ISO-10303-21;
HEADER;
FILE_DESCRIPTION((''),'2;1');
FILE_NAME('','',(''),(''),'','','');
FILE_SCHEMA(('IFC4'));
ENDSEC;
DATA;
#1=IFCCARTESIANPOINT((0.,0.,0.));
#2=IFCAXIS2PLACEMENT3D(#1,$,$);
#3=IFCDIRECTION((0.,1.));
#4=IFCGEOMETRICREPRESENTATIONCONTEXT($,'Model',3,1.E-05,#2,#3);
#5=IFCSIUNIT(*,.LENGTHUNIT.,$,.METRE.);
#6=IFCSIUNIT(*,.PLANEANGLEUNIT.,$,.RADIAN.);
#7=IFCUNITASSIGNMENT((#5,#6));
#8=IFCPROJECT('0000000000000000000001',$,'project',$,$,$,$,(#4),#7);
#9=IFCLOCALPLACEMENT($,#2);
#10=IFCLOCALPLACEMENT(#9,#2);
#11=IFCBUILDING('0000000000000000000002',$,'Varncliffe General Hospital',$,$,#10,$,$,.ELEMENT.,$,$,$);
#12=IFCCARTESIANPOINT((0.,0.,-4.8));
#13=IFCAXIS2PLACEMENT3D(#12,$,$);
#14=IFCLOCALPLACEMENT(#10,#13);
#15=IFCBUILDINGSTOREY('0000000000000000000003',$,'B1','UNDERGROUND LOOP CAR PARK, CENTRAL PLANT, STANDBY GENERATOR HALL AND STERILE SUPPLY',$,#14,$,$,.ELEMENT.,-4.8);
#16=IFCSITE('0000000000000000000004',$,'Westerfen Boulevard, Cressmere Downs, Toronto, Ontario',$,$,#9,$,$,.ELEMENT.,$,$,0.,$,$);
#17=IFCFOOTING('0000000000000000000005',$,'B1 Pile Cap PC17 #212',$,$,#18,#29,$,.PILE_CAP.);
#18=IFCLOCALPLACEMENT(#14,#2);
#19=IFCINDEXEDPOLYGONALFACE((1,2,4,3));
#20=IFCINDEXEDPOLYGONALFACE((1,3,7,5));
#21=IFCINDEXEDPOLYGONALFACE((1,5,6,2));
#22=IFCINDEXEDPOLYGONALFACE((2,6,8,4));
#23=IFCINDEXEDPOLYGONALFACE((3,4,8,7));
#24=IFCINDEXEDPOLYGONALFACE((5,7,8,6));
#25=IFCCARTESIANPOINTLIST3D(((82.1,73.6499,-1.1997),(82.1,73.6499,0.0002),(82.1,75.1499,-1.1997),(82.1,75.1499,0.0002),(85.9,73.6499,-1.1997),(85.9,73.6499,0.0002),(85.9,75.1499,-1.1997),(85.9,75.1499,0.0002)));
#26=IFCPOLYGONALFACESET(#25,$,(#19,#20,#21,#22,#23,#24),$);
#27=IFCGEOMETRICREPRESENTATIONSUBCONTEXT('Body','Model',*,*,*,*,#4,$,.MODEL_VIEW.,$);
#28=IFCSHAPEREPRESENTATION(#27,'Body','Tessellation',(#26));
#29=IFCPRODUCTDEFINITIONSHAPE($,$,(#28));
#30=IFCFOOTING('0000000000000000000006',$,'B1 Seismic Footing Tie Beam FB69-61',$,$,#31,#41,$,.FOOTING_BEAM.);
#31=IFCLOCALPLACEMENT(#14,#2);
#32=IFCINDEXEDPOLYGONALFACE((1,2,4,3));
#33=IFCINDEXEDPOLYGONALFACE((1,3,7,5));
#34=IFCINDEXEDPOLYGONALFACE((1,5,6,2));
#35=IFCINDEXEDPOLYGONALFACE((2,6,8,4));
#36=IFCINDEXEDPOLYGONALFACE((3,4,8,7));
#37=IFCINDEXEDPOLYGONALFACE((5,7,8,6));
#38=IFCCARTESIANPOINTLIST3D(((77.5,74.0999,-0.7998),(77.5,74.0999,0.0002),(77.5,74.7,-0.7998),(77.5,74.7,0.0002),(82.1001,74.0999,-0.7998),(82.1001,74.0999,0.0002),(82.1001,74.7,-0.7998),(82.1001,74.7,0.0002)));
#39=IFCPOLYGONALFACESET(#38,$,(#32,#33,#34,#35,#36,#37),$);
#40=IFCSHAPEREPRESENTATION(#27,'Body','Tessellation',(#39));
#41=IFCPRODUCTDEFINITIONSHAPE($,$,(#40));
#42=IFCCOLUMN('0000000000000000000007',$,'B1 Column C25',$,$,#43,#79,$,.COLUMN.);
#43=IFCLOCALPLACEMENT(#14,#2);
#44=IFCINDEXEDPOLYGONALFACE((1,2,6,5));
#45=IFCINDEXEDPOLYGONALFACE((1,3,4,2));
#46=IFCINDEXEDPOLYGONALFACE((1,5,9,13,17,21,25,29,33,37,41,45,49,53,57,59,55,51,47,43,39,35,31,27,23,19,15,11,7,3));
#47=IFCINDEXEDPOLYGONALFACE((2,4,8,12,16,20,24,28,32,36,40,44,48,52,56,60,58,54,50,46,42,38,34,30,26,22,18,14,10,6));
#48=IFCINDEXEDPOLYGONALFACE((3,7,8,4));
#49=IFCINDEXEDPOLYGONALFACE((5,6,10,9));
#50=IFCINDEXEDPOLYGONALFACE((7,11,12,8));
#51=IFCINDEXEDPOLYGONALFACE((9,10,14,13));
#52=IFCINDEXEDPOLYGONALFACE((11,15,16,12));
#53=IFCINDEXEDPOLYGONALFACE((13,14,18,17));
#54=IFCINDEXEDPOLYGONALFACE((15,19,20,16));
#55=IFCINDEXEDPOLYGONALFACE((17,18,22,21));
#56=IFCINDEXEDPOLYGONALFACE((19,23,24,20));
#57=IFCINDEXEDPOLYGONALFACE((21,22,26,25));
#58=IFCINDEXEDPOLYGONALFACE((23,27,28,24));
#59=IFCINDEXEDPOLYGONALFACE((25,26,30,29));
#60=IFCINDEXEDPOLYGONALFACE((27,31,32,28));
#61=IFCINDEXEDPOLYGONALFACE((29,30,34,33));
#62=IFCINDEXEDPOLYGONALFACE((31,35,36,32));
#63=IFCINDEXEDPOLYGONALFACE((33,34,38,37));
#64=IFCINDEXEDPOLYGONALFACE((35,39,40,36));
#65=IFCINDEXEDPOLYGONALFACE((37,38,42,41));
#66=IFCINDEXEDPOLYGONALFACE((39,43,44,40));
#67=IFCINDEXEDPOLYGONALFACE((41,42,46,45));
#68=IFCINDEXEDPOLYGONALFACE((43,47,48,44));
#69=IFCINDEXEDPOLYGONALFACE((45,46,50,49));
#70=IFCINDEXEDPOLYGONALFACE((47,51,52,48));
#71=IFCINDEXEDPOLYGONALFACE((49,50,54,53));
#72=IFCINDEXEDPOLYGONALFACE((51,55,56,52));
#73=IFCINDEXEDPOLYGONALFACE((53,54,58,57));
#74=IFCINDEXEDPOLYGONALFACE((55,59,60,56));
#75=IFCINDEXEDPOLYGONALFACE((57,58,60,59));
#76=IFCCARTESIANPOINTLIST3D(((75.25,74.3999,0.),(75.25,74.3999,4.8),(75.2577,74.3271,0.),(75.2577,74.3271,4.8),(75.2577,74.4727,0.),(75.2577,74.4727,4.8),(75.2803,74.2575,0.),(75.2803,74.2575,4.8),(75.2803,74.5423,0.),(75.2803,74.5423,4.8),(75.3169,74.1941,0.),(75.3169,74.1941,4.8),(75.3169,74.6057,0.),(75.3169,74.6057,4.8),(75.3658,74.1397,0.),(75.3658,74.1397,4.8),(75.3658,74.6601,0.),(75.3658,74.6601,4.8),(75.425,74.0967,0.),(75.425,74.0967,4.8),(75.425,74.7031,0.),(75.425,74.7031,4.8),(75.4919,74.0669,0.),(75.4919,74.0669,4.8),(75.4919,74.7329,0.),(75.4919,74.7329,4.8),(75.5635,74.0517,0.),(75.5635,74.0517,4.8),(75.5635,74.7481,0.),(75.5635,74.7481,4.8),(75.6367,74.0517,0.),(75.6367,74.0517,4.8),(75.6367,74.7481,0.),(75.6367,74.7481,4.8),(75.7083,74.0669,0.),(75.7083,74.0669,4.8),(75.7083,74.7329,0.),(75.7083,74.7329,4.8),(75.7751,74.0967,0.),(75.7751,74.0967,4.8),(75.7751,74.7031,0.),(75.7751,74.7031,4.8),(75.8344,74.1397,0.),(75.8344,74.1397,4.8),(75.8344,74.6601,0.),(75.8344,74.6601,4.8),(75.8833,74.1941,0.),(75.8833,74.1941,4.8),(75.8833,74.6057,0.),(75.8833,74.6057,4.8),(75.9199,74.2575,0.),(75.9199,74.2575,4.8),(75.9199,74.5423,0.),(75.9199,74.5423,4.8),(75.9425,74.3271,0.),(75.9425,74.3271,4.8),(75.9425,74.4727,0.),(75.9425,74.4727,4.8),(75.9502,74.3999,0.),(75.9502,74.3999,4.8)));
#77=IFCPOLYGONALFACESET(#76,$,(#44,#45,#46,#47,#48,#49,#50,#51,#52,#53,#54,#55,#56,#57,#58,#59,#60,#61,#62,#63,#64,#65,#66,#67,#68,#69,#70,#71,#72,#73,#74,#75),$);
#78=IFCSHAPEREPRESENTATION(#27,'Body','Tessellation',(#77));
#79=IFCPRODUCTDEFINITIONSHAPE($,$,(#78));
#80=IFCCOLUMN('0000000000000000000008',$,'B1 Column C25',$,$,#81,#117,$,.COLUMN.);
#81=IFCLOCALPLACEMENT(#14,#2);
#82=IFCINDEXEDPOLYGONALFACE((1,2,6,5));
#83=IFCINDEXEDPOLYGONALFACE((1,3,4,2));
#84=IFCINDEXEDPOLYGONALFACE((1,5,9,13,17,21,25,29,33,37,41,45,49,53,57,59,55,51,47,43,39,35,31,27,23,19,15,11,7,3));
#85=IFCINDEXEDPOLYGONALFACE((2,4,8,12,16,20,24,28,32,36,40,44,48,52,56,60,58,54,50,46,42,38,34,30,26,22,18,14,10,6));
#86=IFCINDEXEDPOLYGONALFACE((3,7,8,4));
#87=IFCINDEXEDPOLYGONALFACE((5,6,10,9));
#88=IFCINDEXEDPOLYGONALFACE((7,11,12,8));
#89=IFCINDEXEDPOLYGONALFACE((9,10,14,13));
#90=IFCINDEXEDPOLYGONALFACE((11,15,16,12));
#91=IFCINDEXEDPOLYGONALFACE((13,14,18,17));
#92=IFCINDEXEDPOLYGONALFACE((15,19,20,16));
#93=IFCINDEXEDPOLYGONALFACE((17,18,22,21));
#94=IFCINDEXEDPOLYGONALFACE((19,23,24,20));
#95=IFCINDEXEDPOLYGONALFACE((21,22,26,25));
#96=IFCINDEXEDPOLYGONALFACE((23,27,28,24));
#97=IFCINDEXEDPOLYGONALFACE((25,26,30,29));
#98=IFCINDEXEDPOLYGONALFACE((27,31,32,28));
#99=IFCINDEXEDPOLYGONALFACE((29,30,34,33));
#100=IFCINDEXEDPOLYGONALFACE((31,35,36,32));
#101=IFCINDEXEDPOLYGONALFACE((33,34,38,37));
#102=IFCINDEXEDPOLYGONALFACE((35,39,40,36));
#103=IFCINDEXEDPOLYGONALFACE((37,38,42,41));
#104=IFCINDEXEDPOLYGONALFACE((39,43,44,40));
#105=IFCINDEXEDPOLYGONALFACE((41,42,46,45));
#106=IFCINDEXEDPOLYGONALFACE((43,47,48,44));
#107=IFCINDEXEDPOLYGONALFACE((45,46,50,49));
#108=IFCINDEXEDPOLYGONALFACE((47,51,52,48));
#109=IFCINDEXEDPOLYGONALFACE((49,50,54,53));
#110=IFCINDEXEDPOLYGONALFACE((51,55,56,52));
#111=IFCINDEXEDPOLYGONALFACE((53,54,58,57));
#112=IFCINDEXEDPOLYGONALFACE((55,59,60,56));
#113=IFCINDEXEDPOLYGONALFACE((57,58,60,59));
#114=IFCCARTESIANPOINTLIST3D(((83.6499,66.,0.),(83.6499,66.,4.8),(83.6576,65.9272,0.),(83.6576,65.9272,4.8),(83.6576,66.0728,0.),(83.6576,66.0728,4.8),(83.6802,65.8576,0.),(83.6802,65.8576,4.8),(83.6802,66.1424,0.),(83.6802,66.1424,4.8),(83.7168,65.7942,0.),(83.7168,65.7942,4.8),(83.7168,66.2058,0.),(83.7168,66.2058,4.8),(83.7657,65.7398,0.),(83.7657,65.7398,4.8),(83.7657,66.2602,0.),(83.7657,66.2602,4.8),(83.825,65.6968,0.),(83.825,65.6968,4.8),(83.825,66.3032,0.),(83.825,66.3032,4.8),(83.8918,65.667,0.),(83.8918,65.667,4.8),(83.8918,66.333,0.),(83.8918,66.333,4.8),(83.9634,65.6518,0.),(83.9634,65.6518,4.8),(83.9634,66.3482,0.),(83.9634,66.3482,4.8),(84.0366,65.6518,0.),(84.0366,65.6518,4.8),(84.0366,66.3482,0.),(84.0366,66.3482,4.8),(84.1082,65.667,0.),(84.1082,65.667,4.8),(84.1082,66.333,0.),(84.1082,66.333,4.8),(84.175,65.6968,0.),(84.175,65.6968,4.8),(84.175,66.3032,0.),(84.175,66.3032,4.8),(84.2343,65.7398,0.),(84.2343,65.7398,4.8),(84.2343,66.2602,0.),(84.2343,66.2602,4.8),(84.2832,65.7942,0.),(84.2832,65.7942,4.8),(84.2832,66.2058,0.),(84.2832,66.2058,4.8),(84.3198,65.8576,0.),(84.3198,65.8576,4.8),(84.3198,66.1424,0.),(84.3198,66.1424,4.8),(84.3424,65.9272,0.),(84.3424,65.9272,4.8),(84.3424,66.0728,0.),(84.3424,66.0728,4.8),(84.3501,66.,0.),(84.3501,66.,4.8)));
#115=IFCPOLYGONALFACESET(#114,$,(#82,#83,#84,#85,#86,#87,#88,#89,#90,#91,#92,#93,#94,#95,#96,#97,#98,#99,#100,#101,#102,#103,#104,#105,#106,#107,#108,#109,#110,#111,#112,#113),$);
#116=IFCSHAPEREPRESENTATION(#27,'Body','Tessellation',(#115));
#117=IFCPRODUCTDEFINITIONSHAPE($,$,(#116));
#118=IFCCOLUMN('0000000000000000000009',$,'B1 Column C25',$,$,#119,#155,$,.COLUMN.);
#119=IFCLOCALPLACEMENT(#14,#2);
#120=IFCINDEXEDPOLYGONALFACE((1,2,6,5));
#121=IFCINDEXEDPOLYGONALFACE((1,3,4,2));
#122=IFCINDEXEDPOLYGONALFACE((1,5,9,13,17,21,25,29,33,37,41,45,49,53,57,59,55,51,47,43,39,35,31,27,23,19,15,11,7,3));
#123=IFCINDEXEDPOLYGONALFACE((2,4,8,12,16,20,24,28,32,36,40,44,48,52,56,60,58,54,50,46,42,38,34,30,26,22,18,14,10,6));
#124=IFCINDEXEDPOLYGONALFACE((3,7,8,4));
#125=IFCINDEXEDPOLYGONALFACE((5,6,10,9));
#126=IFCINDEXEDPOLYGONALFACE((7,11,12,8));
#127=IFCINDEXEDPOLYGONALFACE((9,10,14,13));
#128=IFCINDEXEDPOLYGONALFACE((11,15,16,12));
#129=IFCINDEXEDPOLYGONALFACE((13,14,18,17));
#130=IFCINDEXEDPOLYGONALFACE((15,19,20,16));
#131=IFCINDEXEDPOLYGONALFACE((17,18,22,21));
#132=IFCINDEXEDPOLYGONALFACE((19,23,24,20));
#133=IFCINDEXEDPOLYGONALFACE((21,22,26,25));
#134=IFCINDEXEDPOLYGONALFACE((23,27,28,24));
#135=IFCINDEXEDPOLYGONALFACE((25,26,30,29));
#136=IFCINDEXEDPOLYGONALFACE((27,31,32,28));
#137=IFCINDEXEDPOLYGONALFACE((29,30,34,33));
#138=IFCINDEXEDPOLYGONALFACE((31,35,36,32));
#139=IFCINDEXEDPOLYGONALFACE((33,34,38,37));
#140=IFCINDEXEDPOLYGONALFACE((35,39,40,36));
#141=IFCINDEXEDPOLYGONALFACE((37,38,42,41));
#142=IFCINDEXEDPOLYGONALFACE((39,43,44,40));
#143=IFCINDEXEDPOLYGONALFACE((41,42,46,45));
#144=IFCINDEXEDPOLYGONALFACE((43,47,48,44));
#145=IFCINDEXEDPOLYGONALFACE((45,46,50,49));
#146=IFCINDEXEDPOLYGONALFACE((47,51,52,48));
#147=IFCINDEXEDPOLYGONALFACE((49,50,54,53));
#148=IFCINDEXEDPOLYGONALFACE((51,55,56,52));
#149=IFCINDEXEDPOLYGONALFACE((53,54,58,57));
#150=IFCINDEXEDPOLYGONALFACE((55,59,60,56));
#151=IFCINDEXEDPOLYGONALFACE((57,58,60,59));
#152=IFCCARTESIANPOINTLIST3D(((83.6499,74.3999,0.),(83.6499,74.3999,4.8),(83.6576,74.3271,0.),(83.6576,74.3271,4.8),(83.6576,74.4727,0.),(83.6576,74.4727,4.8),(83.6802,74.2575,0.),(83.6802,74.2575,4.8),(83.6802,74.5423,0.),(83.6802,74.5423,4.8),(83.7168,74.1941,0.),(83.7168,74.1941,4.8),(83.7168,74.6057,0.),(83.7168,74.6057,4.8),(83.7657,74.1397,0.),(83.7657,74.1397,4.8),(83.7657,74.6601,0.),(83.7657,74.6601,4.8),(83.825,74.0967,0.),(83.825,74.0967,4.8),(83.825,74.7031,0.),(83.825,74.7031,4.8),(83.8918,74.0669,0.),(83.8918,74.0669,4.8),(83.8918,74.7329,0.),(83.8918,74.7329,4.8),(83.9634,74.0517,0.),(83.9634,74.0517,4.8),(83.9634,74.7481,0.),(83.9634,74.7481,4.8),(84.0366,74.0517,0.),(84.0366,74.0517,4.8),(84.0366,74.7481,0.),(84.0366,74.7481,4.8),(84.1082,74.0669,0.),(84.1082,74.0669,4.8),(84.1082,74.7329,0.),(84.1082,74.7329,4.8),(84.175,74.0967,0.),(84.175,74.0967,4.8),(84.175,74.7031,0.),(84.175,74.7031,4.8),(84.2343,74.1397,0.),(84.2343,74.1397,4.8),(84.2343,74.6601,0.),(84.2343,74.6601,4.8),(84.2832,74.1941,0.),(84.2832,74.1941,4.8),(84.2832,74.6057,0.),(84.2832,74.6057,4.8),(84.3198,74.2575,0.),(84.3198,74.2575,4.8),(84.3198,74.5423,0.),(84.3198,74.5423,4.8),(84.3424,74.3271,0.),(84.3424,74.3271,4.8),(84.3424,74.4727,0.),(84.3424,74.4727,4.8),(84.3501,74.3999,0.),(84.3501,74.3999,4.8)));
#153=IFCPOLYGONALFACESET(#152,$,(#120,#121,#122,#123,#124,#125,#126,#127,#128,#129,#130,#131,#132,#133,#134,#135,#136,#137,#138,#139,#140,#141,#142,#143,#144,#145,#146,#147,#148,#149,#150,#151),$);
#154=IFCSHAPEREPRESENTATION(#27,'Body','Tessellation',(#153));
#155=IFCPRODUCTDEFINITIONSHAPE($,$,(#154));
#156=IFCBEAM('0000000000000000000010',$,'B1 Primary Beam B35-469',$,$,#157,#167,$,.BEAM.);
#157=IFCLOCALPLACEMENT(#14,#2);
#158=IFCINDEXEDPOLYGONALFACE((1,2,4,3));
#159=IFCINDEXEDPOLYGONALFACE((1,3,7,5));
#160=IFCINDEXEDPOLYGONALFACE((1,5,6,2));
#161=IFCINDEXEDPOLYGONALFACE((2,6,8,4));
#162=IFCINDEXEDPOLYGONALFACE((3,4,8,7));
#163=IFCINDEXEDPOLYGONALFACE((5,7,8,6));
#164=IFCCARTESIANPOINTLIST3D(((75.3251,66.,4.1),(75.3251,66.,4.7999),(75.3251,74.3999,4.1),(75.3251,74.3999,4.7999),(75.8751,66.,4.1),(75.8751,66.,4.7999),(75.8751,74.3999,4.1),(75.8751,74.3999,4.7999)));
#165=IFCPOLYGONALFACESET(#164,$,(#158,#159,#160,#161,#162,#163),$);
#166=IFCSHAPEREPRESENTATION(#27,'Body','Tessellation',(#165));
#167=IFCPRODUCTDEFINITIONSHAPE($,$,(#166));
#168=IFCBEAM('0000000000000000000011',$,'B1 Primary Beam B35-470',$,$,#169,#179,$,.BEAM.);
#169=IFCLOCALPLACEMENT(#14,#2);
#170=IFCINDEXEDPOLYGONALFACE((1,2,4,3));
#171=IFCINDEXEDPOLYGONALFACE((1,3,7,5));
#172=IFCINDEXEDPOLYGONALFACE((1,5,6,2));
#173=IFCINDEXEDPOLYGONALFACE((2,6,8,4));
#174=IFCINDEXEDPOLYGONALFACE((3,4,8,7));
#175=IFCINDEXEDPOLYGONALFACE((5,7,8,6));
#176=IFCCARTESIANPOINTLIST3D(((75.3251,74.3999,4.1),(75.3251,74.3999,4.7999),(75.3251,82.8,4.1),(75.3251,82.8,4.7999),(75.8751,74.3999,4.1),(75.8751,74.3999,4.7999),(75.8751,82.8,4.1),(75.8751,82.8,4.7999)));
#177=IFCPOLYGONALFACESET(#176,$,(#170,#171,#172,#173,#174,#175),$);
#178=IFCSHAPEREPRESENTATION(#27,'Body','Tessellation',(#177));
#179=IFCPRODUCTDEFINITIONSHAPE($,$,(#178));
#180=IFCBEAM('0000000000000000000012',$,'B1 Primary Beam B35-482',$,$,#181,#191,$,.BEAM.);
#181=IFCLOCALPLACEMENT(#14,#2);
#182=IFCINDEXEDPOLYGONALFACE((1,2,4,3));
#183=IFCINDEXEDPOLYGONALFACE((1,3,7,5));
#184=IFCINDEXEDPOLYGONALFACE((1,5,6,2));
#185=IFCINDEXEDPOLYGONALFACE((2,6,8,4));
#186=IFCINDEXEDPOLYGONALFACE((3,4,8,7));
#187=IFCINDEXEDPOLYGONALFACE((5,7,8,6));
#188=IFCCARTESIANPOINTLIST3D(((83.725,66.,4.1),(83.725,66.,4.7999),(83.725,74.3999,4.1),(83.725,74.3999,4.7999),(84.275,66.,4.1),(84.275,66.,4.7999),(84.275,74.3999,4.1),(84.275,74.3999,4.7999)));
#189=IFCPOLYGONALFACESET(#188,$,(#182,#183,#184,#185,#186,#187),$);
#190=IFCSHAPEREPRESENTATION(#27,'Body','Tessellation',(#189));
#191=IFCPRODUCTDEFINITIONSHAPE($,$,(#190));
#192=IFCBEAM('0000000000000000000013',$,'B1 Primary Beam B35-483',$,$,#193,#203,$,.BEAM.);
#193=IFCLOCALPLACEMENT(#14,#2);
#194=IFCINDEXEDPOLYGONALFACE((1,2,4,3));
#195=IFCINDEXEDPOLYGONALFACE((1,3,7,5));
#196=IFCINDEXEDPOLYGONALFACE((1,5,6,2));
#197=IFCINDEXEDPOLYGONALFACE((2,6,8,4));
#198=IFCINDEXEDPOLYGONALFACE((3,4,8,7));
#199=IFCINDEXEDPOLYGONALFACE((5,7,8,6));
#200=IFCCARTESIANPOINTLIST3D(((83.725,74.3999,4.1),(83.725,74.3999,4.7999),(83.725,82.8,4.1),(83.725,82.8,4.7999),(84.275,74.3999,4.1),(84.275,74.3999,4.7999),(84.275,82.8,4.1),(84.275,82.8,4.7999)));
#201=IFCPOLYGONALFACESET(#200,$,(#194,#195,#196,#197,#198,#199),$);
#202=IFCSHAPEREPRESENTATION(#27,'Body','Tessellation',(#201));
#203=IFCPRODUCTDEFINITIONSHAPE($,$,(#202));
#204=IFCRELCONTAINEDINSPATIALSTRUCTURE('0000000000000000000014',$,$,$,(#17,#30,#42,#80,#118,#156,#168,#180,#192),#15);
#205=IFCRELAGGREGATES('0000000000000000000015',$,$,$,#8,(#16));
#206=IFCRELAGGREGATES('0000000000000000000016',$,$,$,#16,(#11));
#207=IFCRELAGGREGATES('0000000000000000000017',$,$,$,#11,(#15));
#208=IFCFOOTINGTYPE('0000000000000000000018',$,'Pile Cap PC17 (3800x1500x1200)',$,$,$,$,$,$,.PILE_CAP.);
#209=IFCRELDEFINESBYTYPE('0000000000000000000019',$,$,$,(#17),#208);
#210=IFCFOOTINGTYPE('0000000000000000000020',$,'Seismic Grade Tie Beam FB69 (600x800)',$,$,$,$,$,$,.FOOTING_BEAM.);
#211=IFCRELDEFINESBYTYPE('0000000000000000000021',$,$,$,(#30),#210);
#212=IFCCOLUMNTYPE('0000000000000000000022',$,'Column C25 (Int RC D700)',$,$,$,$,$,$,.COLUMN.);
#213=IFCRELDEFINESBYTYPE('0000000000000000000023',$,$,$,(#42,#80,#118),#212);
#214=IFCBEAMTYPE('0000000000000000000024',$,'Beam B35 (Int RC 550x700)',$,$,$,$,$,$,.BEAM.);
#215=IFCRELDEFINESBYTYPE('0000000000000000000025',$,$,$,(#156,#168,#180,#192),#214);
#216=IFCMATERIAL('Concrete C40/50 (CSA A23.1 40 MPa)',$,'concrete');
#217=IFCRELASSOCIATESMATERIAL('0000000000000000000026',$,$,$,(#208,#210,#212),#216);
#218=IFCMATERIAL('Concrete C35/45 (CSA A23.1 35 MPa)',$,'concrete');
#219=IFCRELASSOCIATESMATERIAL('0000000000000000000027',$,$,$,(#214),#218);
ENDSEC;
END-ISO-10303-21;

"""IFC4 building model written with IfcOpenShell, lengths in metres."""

from ifc_helpers import new_model, si_unit, direction, frame, origin, origin_2d, place, context, subcontext, project, spatial, rectangle, circle, extrude, material, material_profile, profile_set, type_object, element, save


model = new_model("IFC4")

# Units and contexts
model_context = context("Model", 3, precision=1e-05, world=origin(), true_north=direction((0.0, 1.0)))
body_context = subcontext(model_context, "Body", "Model", "MODEL_VIEW")
ifc_project = project(units=[si_unit("LENGTHUNIT", "METRE"), si_unit("PLANEANGLEUNIT", "RADIAN")], contexts=[model_context])

# Site, building, storey
site_placement = place(None, origin())
site = spatial("IfcSite", under=ifc_project, at=site_placement, Name="Westerfen Boulevard, Cressmere Downs, Toronto, Ontario", CompositionType="ELEMENT", RefElevation=0.0)
building_placement = place(site_placement, origin())
building = spatial("IfcBuilding", under=site, at=building_placement, Name="Varncliffe General Hospital", CompositionType="ELEMENT")
storey_placement = place(building_placement, frame((0.0, 0.0, -4.8)))
storey = spatial("IfcBuildingStorey", under=building, at=storey_placement, Name="B1", Description="UNDERGROUND LOOP CAR PARK, CENTRAL PLANT, STANDBY GENERATOR HALL AND STERILE SUPPLY", CompositionType="ELEMENT", Elevation=-4.8)

# Shared definitions
ifc_material_1 = material(Name="Concrete C40/50 (CSA A23.1 40 MPa)", Category="concrete")

# Footings
footing_type_1 = type_object("IfcFootingType", Name="Pile Cap PC17 (3800x1500x1200)", PredefinedType="PILE_CAP", material=ifc_material_1)
for number, where, z_axis, x_axis, name in (
    (1, (84.0, 74.3999, -1.1997), (0.0, 0.0, 1.0), (1.0, 0.0, 0.0), "B1 Pile Cap PC17 #212"),
):
    element("IfcFooting", number, at=place(storey_placement, frame(where, z_axis=z_axis, x_axis=x_axis)), inside=storey, type_object=footing_type_1, Name=name, PredefinedType="PILE_CAP", context=body_context, shape_type="SweptSolid", body=[
        extrude(rectangle(XDim=3.8, YDim=1.5, at=origin_2d()), origin(), (0.0, 0.0, 1.0), 1.2),
    ])
footing_type_2 = type_object("IfcFootingType", Name="Seismic Grade Tie Beam FB69 (600x800)", PredefinedType="FOOTING_BEAM", material=ifc_material_1)
footing_placement = place(storey_placement, frame((79.8, 74.3999, -0.7998), z_axis=(0.0, 0.0, 1.0), x_axis=(1.0, 0.0, 0.0)))
element("IfcFooting", 2, at=footing_placement, inside=storey, type_object=footing_type_2, Name="B1 Seismic Footing Tie Beam FB69-61", PredefinedType="FOOTING_BEAM", context=body_context, shape_type="SweptSolid", body=[
    extrude(rectangle(XDim=4.6001, YDim=0.6001, at=origin_2d()), origin(), (0.0, 0.0, 1.0), 0.8),
])

# Columns
ifc_material_profile_1 = material_profile(ifc_material_1, circle(Radius=0.3501, at=origin_2d()), Name="RC D700")
ifc_profile_set_1 = profile_set([ifc_material_profile_1], Name="Concrete C40/50 (CSA A23.1 40 MPa)")
column_type = type_object("IfcColumnType", Name="Column C25 (Int RC D700)", PredefinedType="COLUMN", material=ifc_profile_set_1)
for number, where, z_axis, x_axis, name in (
    (3, (75.6001, 74.3999, 0.0), (0.0, 0.0, 1.0), (1.0, 0.0, 0.0), "B1 Column C25"),
    (4, (84.0, 66.0, 0.0), (0.0, 0.0, 1.0), (1.0, 0.0, 0.0), "B1 Column C25"),
    (5, (84.0, 74.3999, 0.0), (0.0, 0.0, 1.0), (1.0, 0.0, 0.0), "B1 Column C25"),
):
    element("IfcColumn", number, at=place(storey_placement, frame(where, z_axis=z_axis, x_axis=x_axis)), inside=storey, type_object=column_type, Name=name, PredefinedType="COLUMN", context=body_context, shape_type="SweptSolid", body=[
        extrude(circle(Radius=0.3501, at=origin_2d()), origin(), (0.0, 0.0, 1.0), 4.8),
    ])

# Beams
ifc_material_2 = material(Name="Concrete C35/45 (CSA A23.1 35 MPa)", Category="concrete")
ifc_material_profile_2 = material_profile(ifc_material_2, rectangle(XDim=0.55, YDim=0.7, at=origin_2d()), Name="RC 550x700")
ifc_profile_set_2 = profile_set([ifc_material_profile_2], Name="Concrete C35/45 (CSA A23.1 35 MPa)")
beam_type_1 = type_object("IfcBeamType", Name="Beam B35 (Int RC 550x700)", PredefinedType="BEAM", material=ifc_profile_set_2)
beam_1_placement = place(storey_placement, frame((75.6001, 66.0, 4.45), z_axis=(0.0, 1.0, 0.0), x_axis=(-1.0, 0.0, 0.0)))
element("IfcBeam", 6, at=beam_1_placement, inside=storey, type_object=beam_type_1, Name="B1 Primary Beam B35-469", PredefinedType="BEAM", context=body_context, shape_type="SweptSolid", body=[
    extrude(rectangle(XDim=0.55, YDim=0.7, at=origin_2d()), origin(), (0.0, 0.0, 1.0), 8.3999),
])
beam_2_placement = place(storey_placement, frame((75.6001, 74.3999, 4.45), z_axis=(0.0, 1.0, 0.0), x_axis=(-1.0, 0.0, 0.0)))
element("IfcBeam", 7, at=beam_2_placement, inside=storey, type_object=beam_type_1, Name="B1 Primary Beam B35-470", PredefinedType="BEAM", context=body_context, shape_type="SweptSolid", body=[
    extrude(rectangle(XDim=0.55, YDim=0.7, at=origin_2d()), origin(), (0.0, 0.0, 1.0), 8.4001),
])
beam_3_placement = place(storey_placement, frame((84.0, 66.0, 4.45), z_axis=(0.0, 1.0, 0.0), x_axis=(-1.0, 0.0, 0.0)))
element("IfcBeam", 8, at=beam_3_placement, inside=storey, type_object=beam_type_1, Name="B1 Primary Beam B35-482", PredefinedType="BEAM", context=body_context, shape_type="SweptSolid", body=[
    extrude(rectangle(XDim=0.55, YDim=0.7, at=origin_2d()), origin(), (0.0, 0.0, 1.0), 8.3999),
])
beam_4_placement = place(storey_placement, frame((84.0, 74.3999, 4.45), z_axis=(0.0, 1.0, 0.0), x_axis=(-1.0, 0.0, 0.0)))
element("IfcBeam", 9, at=beam_4_placement, inside=storey, type_object=beam_type_1, Name="B1 Primary Beam B35-483", PredefinedType="BEAM", context=body_context, shape_type="SweptSolid", body=[
    extrude(rectangle(XDim=0.55, YDim=0.7, at=origin_2d()), origin(), (0.0, 0.0, 1.0), 8.4001),
])

save(model, "model.ifc")
